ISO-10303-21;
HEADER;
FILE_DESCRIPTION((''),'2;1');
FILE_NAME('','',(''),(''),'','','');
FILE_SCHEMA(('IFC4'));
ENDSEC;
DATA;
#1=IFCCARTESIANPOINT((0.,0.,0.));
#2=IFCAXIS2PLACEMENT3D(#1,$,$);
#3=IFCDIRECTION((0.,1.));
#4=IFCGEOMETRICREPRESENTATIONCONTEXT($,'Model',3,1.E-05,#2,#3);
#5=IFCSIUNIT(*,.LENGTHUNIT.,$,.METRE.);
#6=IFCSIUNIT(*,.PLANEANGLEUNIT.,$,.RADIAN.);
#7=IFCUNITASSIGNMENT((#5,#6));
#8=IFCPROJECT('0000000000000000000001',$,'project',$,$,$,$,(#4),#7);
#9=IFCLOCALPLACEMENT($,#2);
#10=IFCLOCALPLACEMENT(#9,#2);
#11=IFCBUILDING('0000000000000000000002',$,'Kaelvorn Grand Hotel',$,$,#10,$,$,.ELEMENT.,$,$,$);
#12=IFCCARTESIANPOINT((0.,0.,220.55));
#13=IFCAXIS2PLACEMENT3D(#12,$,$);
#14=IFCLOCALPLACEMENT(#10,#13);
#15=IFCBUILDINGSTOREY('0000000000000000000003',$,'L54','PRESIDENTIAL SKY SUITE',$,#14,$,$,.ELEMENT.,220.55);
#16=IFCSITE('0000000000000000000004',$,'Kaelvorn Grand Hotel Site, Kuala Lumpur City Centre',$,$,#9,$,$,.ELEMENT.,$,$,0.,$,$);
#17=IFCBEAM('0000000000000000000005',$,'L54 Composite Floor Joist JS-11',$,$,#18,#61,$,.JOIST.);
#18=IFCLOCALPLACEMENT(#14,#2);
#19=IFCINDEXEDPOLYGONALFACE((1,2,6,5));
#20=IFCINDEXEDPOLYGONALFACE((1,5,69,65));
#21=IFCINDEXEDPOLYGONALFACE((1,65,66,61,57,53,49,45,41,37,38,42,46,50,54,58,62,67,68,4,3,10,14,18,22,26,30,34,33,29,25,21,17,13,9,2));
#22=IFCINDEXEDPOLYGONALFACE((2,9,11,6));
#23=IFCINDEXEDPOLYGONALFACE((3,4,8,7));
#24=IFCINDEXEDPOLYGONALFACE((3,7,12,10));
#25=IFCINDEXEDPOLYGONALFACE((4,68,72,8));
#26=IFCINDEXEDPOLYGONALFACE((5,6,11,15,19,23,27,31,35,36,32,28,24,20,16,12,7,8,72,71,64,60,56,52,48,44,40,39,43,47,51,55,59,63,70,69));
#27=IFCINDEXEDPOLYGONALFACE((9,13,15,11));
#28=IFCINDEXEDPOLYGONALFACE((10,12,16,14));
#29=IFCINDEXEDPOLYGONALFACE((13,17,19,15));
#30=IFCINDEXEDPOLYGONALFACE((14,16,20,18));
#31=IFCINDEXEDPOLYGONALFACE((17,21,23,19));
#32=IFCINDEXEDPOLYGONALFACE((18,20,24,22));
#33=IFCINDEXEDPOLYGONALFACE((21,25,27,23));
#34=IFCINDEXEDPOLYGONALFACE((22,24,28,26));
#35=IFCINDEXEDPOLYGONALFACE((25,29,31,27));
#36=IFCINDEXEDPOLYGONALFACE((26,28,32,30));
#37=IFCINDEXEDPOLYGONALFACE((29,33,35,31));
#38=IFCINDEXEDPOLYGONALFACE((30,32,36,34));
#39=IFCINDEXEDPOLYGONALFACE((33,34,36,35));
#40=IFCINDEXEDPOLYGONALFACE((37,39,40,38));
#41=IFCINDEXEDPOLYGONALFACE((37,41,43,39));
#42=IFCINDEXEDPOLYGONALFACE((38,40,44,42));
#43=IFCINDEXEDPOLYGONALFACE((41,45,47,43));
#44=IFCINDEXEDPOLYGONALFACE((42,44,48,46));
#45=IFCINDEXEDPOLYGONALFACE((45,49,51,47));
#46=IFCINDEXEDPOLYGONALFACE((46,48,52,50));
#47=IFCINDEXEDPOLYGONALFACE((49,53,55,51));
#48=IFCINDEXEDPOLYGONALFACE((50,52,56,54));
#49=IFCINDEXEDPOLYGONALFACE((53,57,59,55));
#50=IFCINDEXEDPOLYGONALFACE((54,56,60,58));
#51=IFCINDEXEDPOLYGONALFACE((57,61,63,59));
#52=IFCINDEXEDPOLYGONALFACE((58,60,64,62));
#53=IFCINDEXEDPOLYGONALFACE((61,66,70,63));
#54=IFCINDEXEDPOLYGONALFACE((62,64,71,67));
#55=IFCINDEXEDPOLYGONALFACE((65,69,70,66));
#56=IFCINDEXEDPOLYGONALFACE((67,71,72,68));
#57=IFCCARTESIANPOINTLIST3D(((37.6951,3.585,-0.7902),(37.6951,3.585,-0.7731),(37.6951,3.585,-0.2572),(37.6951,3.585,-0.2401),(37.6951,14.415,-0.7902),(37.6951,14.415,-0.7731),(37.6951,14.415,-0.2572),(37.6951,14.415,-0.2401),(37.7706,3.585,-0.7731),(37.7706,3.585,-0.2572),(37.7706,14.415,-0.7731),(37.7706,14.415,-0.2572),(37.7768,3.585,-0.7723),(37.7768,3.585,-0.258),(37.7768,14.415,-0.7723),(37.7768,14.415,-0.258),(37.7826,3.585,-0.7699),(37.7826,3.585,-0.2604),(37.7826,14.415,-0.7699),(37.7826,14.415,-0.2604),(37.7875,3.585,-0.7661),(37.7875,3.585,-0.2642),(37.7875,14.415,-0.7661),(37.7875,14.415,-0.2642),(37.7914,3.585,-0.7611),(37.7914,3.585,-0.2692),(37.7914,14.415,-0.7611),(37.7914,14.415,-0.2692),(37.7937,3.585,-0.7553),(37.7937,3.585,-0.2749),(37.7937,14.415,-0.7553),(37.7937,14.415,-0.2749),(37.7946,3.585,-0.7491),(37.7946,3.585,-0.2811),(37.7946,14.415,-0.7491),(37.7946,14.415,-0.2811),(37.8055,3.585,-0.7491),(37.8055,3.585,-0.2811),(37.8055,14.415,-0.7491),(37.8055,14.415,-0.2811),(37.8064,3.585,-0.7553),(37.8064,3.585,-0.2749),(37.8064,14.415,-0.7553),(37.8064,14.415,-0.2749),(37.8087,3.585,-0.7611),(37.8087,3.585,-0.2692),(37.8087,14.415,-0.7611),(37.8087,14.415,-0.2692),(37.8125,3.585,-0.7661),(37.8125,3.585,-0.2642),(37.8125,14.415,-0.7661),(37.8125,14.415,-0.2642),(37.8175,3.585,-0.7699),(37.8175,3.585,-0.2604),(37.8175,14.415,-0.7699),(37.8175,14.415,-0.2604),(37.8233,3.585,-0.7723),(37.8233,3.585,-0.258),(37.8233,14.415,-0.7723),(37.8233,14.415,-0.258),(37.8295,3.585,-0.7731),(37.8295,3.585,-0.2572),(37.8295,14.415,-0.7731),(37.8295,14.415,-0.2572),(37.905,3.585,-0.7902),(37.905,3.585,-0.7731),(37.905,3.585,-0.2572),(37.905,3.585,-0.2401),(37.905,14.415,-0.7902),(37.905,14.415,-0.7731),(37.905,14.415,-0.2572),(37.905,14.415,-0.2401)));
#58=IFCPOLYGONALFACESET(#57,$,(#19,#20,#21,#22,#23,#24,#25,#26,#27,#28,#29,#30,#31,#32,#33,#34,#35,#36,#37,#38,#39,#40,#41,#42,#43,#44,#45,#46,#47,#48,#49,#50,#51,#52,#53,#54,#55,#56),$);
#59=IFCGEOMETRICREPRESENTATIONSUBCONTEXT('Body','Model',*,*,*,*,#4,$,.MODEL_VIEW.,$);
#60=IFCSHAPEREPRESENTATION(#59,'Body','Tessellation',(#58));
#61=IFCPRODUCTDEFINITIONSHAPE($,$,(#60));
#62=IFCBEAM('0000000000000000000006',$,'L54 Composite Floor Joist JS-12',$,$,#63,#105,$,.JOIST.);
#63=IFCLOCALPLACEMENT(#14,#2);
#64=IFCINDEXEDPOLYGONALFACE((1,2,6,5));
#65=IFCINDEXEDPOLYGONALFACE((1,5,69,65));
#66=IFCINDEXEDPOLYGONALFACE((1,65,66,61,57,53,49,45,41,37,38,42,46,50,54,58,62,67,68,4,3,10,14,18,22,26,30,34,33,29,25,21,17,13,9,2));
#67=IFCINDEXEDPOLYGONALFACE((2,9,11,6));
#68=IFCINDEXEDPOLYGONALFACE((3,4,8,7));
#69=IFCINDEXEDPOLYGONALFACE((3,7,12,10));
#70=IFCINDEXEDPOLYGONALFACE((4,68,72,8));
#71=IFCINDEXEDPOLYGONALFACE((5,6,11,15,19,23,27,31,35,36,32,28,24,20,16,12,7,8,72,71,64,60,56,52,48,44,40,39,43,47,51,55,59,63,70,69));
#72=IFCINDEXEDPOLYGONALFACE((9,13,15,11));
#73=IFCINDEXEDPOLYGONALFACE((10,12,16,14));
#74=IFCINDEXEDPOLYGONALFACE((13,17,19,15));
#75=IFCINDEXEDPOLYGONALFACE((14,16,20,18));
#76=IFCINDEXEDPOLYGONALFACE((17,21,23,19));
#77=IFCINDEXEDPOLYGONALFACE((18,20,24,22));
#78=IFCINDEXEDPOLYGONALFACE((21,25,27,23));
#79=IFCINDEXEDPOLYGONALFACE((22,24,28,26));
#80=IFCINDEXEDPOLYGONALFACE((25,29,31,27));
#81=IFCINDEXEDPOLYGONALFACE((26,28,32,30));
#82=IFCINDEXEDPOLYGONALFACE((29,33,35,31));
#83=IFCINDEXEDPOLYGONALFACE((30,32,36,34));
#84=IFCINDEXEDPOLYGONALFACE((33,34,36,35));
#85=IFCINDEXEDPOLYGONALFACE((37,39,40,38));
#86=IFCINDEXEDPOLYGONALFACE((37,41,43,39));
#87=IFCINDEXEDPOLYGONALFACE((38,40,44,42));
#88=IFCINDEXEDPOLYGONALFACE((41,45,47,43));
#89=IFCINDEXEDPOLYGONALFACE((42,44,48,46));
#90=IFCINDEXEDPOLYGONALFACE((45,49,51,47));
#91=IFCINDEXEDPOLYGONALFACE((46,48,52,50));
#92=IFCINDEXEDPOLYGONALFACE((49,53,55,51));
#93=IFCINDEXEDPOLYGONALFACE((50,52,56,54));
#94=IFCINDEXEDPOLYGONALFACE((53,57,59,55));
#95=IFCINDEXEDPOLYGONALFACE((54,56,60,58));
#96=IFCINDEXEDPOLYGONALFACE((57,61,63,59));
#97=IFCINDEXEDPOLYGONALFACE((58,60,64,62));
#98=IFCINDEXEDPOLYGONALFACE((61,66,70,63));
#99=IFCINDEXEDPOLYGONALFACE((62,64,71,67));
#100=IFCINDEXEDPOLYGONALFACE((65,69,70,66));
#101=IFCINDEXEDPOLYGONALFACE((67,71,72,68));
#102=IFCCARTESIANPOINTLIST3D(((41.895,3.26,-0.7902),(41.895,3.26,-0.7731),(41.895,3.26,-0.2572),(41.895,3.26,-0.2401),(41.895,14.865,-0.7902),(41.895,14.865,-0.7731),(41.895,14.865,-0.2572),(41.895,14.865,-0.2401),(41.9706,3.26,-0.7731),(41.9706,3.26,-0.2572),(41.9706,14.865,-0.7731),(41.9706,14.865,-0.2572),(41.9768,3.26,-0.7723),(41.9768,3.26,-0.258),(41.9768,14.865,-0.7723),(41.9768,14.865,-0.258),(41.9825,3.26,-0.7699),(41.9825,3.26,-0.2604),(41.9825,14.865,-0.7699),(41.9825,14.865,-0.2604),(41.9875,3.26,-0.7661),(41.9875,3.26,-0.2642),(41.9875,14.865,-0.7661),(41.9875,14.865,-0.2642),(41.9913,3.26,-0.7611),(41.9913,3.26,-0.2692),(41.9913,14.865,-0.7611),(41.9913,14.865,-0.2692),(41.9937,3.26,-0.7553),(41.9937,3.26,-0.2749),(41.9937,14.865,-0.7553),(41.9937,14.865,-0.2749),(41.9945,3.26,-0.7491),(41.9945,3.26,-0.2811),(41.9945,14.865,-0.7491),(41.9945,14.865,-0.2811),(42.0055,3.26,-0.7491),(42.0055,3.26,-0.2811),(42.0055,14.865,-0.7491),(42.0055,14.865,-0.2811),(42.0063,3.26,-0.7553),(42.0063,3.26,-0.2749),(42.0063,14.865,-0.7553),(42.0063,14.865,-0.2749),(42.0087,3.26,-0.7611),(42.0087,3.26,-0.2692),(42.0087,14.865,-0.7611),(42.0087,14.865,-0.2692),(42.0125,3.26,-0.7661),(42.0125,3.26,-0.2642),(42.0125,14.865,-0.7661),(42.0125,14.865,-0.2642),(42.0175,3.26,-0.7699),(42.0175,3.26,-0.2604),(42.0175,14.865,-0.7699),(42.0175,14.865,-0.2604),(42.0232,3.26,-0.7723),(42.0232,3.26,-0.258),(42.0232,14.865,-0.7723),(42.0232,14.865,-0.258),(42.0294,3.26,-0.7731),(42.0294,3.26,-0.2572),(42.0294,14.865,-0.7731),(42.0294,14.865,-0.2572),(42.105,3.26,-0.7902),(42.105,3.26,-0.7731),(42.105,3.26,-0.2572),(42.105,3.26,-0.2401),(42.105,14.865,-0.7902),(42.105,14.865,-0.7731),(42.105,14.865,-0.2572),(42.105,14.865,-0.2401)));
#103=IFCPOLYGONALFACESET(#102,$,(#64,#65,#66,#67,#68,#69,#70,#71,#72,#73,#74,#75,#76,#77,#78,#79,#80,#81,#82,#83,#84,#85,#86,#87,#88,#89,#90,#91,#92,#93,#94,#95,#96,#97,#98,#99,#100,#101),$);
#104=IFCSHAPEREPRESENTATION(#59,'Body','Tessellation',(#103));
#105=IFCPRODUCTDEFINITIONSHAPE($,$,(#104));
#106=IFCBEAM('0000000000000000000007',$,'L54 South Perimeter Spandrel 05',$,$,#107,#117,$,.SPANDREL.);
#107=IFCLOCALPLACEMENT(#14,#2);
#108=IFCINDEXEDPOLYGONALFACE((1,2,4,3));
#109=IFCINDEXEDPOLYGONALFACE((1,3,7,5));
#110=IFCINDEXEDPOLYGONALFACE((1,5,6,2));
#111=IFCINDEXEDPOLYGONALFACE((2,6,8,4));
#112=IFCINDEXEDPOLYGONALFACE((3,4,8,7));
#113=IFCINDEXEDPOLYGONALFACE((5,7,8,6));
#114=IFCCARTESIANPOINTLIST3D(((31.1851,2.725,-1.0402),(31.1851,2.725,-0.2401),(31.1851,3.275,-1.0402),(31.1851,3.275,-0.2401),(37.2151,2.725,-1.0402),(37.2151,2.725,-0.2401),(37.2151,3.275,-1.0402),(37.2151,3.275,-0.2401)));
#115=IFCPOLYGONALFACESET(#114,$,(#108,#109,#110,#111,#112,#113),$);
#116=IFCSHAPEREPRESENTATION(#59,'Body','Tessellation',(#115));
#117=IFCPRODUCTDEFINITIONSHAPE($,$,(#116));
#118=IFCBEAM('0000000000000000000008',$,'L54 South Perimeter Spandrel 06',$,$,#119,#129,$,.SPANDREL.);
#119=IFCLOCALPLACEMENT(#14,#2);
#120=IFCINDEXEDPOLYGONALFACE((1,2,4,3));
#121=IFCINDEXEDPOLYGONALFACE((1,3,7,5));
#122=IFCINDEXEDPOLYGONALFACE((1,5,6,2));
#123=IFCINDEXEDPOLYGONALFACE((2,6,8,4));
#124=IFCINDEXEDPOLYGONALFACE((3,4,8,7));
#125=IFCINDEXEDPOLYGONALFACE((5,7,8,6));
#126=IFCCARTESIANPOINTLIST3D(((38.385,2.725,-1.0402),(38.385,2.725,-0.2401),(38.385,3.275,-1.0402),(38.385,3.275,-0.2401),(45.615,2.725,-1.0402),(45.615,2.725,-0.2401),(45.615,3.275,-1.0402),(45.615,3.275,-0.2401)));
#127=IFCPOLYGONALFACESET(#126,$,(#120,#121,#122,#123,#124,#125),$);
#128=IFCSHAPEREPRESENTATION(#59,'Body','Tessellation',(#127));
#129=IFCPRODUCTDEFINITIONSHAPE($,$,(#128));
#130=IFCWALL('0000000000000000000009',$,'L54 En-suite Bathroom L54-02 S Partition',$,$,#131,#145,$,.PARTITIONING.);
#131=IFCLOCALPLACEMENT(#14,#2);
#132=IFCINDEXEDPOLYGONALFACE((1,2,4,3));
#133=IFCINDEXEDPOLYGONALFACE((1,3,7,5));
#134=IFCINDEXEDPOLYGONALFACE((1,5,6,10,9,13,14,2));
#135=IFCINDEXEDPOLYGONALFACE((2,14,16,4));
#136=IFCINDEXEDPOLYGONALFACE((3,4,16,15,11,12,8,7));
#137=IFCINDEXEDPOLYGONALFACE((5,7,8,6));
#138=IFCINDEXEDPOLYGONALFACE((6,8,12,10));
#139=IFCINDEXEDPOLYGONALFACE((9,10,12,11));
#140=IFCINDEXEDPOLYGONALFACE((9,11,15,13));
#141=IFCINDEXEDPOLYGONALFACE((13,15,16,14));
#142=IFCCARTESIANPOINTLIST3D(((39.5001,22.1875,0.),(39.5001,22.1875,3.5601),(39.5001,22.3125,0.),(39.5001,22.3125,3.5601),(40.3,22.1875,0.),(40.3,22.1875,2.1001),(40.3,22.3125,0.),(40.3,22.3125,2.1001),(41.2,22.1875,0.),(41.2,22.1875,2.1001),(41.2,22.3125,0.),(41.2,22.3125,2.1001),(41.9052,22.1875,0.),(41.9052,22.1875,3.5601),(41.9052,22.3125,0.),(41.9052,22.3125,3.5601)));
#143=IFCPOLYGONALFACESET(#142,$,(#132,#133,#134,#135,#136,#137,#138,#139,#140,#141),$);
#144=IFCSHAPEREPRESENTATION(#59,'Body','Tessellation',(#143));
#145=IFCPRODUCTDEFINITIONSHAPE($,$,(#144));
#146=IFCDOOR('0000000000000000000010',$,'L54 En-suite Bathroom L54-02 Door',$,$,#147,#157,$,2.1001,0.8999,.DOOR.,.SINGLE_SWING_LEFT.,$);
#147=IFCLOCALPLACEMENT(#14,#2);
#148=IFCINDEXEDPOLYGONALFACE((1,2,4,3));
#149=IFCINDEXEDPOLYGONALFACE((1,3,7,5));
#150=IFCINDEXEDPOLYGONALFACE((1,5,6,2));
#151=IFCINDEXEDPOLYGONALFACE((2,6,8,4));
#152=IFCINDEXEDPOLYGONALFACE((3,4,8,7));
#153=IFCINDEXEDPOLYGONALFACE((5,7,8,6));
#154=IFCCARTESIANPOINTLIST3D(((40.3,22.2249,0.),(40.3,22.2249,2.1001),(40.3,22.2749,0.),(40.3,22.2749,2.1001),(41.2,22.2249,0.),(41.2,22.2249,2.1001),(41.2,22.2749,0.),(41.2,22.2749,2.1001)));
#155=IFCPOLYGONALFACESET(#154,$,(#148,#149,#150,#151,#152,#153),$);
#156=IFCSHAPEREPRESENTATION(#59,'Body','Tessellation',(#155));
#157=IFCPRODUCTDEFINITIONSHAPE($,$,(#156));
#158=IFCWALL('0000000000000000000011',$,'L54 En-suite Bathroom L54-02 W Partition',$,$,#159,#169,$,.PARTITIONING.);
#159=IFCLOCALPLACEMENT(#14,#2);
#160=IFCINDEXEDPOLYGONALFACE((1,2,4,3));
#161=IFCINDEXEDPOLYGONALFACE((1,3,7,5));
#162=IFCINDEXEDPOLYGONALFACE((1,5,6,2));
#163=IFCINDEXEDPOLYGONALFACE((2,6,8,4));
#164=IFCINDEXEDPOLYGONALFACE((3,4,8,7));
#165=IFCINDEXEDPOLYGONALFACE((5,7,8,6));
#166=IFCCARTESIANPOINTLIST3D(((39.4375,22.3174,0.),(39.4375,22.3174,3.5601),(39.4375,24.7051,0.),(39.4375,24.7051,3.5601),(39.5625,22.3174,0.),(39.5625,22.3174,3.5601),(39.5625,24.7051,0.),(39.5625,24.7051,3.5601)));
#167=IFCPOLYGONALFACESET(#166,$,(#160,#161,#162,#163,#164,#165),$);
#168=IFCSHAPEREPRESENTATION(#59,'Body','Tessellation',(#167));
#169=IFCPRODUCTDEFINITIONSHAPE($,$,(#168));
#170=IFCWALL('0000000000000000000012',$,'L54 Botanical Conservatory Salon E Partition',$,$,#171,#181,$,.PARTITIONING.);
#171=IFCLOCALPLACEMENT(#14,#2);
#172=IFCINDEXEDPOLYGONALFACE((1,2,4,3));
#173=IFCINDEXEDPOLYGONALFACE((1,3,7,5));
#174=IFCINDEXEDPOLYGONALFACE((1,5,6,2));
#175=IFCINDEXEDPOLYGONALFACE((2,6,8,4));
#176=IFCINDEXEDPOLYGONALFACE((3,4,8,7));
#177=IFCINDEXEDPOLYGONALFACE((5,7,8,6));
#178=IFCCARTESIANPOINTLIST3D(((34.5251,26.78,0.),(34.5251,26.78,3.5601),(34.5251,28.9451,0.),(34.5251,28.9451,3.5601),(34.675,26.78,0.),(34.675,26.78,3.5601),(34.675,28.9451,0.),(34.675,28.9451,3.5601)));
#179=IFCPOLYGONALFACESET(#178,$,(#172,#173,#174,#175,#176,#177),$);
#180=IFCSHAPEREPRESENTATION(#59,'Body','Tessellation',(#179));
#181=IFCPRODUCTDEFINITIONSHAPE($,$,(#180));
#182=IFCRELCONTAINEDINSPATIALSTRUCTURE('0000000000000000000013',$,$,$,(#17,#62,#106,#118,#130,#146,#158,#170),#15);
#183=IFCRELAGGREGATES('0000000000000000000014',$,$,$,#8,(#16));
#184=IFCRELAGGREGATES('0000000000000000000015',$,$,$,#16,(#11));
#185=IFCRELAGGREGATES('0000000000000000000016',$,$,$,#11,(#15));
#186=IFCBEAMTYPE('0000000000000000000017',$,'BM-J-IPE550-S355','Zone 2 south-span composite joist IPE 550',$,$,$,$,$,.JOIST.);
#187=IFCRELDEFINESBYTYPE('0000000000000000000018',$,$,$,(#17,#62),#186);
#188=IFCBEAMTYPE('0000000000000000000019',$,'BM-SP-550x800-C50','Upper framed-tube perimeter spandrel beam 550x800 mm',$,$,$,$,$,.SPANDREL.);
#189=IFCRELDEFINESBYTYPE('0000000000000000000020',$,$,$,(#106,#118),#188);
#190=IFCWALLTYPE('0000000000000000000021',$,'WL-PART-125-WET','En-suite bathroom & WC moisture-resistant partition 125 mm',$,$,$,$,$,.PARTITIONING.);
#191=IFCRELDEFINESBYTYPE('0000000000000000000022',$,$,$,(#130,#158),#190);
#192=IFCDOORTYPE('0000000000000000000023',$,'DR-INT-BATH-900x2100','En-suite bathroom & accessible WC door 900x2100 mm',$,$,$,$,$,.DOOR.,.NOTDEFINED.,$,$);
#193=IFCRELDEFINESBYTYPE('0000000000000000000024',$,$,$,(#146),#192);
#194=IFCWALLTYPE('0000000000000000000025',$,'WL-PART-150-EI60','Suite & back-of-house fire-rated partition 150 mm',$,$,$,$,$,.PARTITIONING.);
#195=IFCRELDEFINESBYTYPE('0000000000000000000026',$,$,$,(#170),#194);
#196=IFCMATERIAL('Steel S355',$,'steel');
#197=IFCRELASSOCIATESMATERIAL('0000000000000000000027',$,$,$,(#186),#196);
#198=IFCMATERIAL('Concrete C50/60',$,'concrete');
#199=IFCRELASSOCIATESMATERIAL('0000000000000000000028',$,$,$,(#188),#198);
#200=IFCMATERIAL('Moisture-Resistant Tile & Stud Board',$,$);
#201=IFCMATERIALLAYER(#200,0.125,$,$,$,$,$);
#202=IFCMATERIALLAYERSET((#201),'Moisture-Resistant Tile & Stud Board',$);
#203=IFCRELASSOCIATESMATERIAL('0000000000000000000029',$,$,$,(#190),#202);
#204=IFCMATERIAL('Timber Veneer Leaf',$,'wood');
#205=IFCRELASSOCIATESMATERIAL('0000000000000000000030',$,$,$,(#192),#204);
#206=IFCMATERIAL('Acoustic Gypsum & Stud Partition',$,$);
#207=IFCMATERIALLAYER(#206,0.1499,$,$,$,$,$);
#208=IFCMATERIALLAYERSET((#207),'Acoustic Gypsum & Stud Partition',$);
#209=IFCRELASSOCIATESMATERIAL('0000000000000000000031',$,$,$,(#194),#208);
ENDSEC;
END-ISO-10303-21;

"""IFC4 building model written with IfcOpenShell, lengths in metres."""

from ifc_helpers import new_model, si_unit, direction, frame, frame_2d, origin, origin_2d, place, context, subcontext, project, spatial, rectangle, i_section, extrude, material, layer, layer_set, material_profile, profile_set, type_object, element, fill, save


model = new_model("IFC4")

# Units and contexts
model_context = context("Model", 3, precision=1e-05, world=origin(), true_north=direction((0.0, 1.0)))
body_context = subcontext(model_context, "Body", "Model", "MODEL_VIEW")
ifc_project = project(units=[si_unit("LENGTHUNIT", "METRE"), si_unit("PLANEANGLEUNIT", "RADIAN")], contexts=[model_context])

# Site, building, storey
site_placement = place(None, origin())
site = spatial("IfcSite", under=ifc_project, at=site_placement, Name="Kaelvorn Grand Hotel Site, Kuala Lumpur City Centre", CompositionType="ELEMENT", RefElevation=0.0)
building_placement = place(site_placement, origin())
building = spatial("IfcBuilding", under=site, at=building_placement, Name="Kaelvorn Grand Hotel", CompositionType="ELEMENT")
storey_placement = place(building_placement, frame((0.0, 0.0, 220.55)))
storey = spatial("IfcBuildingStorey", under=building, at=storey_placement, Name="L54", Description="PRESIDENTIAL SKY SUITE", CompositionType="ELEMENT", Elevation=220.55)

# Beams
ifc_material_1 = material(Name="Steel S355", Category="steel")
ifc_material_profile_1 = material_profile(ifc_material_1, i_section(OverallWidth=0.21, OverallDepth=0.55, WebThickness=0.011, FlangeThickness=0.0171, FilletRadius=0.0239, at=origin_2d()), Name="IPE 550")
ifc_profile_set_1 = profile_set([ifc_material_profile_1], Name="Steel S355")
beam_type_1 = type_object("IfcBeamType", Name="BM-J-IPE550-S355", Description="Zone 2 south-span composite joist IPE 550", PredefinedType="JOIST", material=ifc_profile_set_1)
beam_1_placement = place(storey_placement, frame((37.8, 3.585, -0.5151), z_axis=(0.0, 1.0, 0.0), x_axis=(-1.0, 0.0, 0.0)))
element("IfcBeam", 1, at=beam_1_placement, inside=storey, type_object=beam_type_1, Name="L54 Composite Floor Joist JS-11", PredefinedType="JOIST", context=body_context, shape_type="SweptSolid", body=[
    extrude(i_section(OverallWidth=0.21, OverallDepth=0.55, WebThickness=0.011, FlangeThickness=0.0171, FilletRadius=0.0239, at=origin_2d()), origin(), (0.0, 0.0, 1.0), 10.8301),
])
beam_2_placement = place(storey_placement, frame((42.0, 3.26, -0.5151), z_axis=(0.0, 1.0, 0.0), x_axis=(-1.0, 0.0, 0.0)))
element("IfcBeam", 2, at=beam_2_placement, inside=storey, type_object=beam_type_1, Name="L54 Composite Floor Joist JS-12", PredefinedType="JOIST", context=body_context, shape_type="SweptSolid", body=[
    extrude(i_section(OverallWidth=0.21, OverallDepth=0.55, WebThickness=0.011, FlangeThickness=0.0171, FilletRadius=0.0239, at=origin_2d()), origin(), (0.0, 0.0, 1.0), 11.605),
])
ifc_material_2 = material(Name="Concrete C50/60", Category="concrete")
ifc_material_profile_2 = material_profile(ifc_material_2, rectangle(XDim=0.55, YDim=0.8, at=origin_2d()), Name="RC SPANDREL 550x800")
ifc_profile_set_2 = profile_set([ifc_material_profile_2], Name="Concrete C50/60")
beam_type_2 = type_object("IfcBeamType", Name="BM-SP-550x800-C50", Description="Upper framed-tube perimeter spandrel beam 550x800 mm", PredefinedType="SPANDREL", material=ifc_profile_set_2)
beam_3_placement = place(storey_placement, frame((31.1851, 3.0, -0.6401), z_axis=(1.0, 0.0, 0.0), x_axis=(0.0, 1.0, 0.0)))
element("IfcBeam", 3, at=beam_3_placement, inside=storey, type_object=beam_type_2, Name="L54 South Perimeter Spandrel 05", PredefinedType="SPANDREL", context=body_context, shape_type="SweptSolid", body=[
    extrude(rectangle(XDim=0.55, YDim=0.8, at=origin_2d()), origin(), (0.0, 0.0, 1.0), 6.03),
])
beam_4_placement = place(storey_placement, frame((38.385, 3.0, -0.6401), z_axis=(1.0, 0.0, 0.0), x_axis=(0.0, 1.0, 0.0)))
element("IfcBeam", 4, at=beam_4_placement, inside=storey, type_object=beam_type_2, Name="L54 South Perimeter Spandrel 06", PredefinedType="SPANDREL", context=body_context, shape_type="SweptSolid", body=[
    extrude(rectangle(XDim=0.55, YDim=0.8, at=origin_2d()), origin(), (0.0, 0.0, 1.0), 7.23),
])

# Wall, opening, door
ifc_material_3 = material(Name="Moisture-Resistant Tile & Stud Board")
ifc_layer_1 = layer(ifc_material_3, 0.125)
ifc_layer_set_1 = layer_set([ifc_layer_1], Name="Moisture-Resistant Tile & Stud Board")
wall_type_1 = type_object("IfcWallType", Name="WL-PART-125-WET", Description="En-suite bathroom & WC moisture-resistant partition 125 mm", PredefinedType="PARTITIONING", material=ifc_layer_set_1)
wall_1_placement = place(storey_placement, frame((39.5, 22.25, 0.0), z_axis=(0.0, 0.0, 1.0), x_axis=(1.0, 0.0, 0.0)))
wall_1 = element("IfcWall", 5, at=wall_1_placement, inside=storey, type_object=wall_type_1, Name="L54 En-suite Bathroom L54-02 S Partition", PredefinedType="PARTITIONING", context=body_context, shape_type="SweptSolid", body=[
    extrude(rectangle(XDim=2.405, YDim=0.125, at=frame_2d((1.2026, 0.0))), origin(), (0.0, 0.0, 1.0), 3.5601),
])
opening_1_placement = place(wall_1_placement, frame((0.8, 0.0, 0.0)))
opening_1 = element("IfcOpeningElement", 6, at=opening_1_placement, cuts=wall_1, PredefinedType="OPENING", context=body_context, shape_type="SweptSolid", body=[
    extrude(rectangle(XDim=0.8999, YDim=2.1001, at=frame_2d((0.45, 1.05))), frame((0.0, 0.0725, 0.0), z_axis=(0.0, -1.0, 0.0), x_axis=(1.0, 0.0, 0.0)), (0.0, 0.0, 1.0), 0.145),
])
ifc_material_4 = material(Name="Timber Veneer Leaf", Category="wood")
door_type_1 = type_object("IfcDoorType", Name="DR-INT-BATH-900x2100", Description="En-suite bathroom & accessible WC door 900x2100 mm", OperationType="NOTDEFINED", PredefinedType="DOOR", material=ifc_material_4)
door_1_placement = place(opening_1_placement, origin())
door_1 = element("IfcDoor", 7, at=door_1_placement, inside=storey, type_object=door_type_1, Name="L54 En-suite Bathroom L54-02 Door", OperationType="SINGLE_SWING_LEFT", OverallHeight=2.1001, OverallWidth=0.8999, PredefinedType="DOOR", context=body_context, shape_type="SweptSolid", body=[
    extrude(rectangle(XDim=0.8999, YDim=2.1001, at=frame_2d((0.45, 1.05))), frame((0.0, 0.0249, 0.0), z_axis=(0.0, -1.0, 0.0), x_axis=(1.0, 0.0, 0.0)), (0.0, 0.0, 1.0), 0.05),
])
fill(opening_1, door_1)

# Walls
wall_2_placement = place(storey_placement, frame((39.5, 22.3174, 0.0), z_axis=(0.0, 0.0, 1.0), x_axis=(0.0, 1.0, 0.0)))
element("IfcWall", 8, at=wall_2_placement, inside=storey, type_object=wall_type_1, Name="L54 En-suite Bathroom L54-02 W Partition", PredefinedType="PARTITIONING", context=body_context, shape_type="SweptSolid", body=[
    extrude(rectangle(XDim=2.3877, YDim=0.125, at=frame_2d((1.1938, 0.0))), origin(), (0.0, 0.0, 1.0), 3.5601),
])
ifc_material_5 = material(Name="Acoustic Gypsum & Stud Partition")
ifc_layer_2 = layer(ifc_material_5, 0.1499)
ifc_layer_set_2 = layer_set([ifc_layer_2], Name="Acoustic Gypsum & Stud Partition")
wall_type_2 = type_object("IfcWallType", Name="WL-PART-150-EI60", Description="Suite & back-of-house fire-rated partition 150 mm", PredefinedType="PARTITIONING", material=ifc_layer_set_2)
wall_3_placement = place(storey_placement, frame((34.6001, 26.78, 0.0), z_axis=(0.0, 0.0, 1.0), x_axis=(0.0, 1.0, 0.0)))
element("IfcWall", 9, at=wall_3_placement, inside=storey, type_object=wall_type_2, Name="L54 Botanical Conservatory Salon E Partition", PredefinedType="PARTITIONING", context=body_context, shape_type="SweptSolid", body=[
    extrude(rectangle(XDim=2.165, YDim=0.1499, at=frame_2d((1.0825, 0.0))), origin(), (0.0, 0.0, 1.0), 3.5601),
])

save(model, "model.ifc")
